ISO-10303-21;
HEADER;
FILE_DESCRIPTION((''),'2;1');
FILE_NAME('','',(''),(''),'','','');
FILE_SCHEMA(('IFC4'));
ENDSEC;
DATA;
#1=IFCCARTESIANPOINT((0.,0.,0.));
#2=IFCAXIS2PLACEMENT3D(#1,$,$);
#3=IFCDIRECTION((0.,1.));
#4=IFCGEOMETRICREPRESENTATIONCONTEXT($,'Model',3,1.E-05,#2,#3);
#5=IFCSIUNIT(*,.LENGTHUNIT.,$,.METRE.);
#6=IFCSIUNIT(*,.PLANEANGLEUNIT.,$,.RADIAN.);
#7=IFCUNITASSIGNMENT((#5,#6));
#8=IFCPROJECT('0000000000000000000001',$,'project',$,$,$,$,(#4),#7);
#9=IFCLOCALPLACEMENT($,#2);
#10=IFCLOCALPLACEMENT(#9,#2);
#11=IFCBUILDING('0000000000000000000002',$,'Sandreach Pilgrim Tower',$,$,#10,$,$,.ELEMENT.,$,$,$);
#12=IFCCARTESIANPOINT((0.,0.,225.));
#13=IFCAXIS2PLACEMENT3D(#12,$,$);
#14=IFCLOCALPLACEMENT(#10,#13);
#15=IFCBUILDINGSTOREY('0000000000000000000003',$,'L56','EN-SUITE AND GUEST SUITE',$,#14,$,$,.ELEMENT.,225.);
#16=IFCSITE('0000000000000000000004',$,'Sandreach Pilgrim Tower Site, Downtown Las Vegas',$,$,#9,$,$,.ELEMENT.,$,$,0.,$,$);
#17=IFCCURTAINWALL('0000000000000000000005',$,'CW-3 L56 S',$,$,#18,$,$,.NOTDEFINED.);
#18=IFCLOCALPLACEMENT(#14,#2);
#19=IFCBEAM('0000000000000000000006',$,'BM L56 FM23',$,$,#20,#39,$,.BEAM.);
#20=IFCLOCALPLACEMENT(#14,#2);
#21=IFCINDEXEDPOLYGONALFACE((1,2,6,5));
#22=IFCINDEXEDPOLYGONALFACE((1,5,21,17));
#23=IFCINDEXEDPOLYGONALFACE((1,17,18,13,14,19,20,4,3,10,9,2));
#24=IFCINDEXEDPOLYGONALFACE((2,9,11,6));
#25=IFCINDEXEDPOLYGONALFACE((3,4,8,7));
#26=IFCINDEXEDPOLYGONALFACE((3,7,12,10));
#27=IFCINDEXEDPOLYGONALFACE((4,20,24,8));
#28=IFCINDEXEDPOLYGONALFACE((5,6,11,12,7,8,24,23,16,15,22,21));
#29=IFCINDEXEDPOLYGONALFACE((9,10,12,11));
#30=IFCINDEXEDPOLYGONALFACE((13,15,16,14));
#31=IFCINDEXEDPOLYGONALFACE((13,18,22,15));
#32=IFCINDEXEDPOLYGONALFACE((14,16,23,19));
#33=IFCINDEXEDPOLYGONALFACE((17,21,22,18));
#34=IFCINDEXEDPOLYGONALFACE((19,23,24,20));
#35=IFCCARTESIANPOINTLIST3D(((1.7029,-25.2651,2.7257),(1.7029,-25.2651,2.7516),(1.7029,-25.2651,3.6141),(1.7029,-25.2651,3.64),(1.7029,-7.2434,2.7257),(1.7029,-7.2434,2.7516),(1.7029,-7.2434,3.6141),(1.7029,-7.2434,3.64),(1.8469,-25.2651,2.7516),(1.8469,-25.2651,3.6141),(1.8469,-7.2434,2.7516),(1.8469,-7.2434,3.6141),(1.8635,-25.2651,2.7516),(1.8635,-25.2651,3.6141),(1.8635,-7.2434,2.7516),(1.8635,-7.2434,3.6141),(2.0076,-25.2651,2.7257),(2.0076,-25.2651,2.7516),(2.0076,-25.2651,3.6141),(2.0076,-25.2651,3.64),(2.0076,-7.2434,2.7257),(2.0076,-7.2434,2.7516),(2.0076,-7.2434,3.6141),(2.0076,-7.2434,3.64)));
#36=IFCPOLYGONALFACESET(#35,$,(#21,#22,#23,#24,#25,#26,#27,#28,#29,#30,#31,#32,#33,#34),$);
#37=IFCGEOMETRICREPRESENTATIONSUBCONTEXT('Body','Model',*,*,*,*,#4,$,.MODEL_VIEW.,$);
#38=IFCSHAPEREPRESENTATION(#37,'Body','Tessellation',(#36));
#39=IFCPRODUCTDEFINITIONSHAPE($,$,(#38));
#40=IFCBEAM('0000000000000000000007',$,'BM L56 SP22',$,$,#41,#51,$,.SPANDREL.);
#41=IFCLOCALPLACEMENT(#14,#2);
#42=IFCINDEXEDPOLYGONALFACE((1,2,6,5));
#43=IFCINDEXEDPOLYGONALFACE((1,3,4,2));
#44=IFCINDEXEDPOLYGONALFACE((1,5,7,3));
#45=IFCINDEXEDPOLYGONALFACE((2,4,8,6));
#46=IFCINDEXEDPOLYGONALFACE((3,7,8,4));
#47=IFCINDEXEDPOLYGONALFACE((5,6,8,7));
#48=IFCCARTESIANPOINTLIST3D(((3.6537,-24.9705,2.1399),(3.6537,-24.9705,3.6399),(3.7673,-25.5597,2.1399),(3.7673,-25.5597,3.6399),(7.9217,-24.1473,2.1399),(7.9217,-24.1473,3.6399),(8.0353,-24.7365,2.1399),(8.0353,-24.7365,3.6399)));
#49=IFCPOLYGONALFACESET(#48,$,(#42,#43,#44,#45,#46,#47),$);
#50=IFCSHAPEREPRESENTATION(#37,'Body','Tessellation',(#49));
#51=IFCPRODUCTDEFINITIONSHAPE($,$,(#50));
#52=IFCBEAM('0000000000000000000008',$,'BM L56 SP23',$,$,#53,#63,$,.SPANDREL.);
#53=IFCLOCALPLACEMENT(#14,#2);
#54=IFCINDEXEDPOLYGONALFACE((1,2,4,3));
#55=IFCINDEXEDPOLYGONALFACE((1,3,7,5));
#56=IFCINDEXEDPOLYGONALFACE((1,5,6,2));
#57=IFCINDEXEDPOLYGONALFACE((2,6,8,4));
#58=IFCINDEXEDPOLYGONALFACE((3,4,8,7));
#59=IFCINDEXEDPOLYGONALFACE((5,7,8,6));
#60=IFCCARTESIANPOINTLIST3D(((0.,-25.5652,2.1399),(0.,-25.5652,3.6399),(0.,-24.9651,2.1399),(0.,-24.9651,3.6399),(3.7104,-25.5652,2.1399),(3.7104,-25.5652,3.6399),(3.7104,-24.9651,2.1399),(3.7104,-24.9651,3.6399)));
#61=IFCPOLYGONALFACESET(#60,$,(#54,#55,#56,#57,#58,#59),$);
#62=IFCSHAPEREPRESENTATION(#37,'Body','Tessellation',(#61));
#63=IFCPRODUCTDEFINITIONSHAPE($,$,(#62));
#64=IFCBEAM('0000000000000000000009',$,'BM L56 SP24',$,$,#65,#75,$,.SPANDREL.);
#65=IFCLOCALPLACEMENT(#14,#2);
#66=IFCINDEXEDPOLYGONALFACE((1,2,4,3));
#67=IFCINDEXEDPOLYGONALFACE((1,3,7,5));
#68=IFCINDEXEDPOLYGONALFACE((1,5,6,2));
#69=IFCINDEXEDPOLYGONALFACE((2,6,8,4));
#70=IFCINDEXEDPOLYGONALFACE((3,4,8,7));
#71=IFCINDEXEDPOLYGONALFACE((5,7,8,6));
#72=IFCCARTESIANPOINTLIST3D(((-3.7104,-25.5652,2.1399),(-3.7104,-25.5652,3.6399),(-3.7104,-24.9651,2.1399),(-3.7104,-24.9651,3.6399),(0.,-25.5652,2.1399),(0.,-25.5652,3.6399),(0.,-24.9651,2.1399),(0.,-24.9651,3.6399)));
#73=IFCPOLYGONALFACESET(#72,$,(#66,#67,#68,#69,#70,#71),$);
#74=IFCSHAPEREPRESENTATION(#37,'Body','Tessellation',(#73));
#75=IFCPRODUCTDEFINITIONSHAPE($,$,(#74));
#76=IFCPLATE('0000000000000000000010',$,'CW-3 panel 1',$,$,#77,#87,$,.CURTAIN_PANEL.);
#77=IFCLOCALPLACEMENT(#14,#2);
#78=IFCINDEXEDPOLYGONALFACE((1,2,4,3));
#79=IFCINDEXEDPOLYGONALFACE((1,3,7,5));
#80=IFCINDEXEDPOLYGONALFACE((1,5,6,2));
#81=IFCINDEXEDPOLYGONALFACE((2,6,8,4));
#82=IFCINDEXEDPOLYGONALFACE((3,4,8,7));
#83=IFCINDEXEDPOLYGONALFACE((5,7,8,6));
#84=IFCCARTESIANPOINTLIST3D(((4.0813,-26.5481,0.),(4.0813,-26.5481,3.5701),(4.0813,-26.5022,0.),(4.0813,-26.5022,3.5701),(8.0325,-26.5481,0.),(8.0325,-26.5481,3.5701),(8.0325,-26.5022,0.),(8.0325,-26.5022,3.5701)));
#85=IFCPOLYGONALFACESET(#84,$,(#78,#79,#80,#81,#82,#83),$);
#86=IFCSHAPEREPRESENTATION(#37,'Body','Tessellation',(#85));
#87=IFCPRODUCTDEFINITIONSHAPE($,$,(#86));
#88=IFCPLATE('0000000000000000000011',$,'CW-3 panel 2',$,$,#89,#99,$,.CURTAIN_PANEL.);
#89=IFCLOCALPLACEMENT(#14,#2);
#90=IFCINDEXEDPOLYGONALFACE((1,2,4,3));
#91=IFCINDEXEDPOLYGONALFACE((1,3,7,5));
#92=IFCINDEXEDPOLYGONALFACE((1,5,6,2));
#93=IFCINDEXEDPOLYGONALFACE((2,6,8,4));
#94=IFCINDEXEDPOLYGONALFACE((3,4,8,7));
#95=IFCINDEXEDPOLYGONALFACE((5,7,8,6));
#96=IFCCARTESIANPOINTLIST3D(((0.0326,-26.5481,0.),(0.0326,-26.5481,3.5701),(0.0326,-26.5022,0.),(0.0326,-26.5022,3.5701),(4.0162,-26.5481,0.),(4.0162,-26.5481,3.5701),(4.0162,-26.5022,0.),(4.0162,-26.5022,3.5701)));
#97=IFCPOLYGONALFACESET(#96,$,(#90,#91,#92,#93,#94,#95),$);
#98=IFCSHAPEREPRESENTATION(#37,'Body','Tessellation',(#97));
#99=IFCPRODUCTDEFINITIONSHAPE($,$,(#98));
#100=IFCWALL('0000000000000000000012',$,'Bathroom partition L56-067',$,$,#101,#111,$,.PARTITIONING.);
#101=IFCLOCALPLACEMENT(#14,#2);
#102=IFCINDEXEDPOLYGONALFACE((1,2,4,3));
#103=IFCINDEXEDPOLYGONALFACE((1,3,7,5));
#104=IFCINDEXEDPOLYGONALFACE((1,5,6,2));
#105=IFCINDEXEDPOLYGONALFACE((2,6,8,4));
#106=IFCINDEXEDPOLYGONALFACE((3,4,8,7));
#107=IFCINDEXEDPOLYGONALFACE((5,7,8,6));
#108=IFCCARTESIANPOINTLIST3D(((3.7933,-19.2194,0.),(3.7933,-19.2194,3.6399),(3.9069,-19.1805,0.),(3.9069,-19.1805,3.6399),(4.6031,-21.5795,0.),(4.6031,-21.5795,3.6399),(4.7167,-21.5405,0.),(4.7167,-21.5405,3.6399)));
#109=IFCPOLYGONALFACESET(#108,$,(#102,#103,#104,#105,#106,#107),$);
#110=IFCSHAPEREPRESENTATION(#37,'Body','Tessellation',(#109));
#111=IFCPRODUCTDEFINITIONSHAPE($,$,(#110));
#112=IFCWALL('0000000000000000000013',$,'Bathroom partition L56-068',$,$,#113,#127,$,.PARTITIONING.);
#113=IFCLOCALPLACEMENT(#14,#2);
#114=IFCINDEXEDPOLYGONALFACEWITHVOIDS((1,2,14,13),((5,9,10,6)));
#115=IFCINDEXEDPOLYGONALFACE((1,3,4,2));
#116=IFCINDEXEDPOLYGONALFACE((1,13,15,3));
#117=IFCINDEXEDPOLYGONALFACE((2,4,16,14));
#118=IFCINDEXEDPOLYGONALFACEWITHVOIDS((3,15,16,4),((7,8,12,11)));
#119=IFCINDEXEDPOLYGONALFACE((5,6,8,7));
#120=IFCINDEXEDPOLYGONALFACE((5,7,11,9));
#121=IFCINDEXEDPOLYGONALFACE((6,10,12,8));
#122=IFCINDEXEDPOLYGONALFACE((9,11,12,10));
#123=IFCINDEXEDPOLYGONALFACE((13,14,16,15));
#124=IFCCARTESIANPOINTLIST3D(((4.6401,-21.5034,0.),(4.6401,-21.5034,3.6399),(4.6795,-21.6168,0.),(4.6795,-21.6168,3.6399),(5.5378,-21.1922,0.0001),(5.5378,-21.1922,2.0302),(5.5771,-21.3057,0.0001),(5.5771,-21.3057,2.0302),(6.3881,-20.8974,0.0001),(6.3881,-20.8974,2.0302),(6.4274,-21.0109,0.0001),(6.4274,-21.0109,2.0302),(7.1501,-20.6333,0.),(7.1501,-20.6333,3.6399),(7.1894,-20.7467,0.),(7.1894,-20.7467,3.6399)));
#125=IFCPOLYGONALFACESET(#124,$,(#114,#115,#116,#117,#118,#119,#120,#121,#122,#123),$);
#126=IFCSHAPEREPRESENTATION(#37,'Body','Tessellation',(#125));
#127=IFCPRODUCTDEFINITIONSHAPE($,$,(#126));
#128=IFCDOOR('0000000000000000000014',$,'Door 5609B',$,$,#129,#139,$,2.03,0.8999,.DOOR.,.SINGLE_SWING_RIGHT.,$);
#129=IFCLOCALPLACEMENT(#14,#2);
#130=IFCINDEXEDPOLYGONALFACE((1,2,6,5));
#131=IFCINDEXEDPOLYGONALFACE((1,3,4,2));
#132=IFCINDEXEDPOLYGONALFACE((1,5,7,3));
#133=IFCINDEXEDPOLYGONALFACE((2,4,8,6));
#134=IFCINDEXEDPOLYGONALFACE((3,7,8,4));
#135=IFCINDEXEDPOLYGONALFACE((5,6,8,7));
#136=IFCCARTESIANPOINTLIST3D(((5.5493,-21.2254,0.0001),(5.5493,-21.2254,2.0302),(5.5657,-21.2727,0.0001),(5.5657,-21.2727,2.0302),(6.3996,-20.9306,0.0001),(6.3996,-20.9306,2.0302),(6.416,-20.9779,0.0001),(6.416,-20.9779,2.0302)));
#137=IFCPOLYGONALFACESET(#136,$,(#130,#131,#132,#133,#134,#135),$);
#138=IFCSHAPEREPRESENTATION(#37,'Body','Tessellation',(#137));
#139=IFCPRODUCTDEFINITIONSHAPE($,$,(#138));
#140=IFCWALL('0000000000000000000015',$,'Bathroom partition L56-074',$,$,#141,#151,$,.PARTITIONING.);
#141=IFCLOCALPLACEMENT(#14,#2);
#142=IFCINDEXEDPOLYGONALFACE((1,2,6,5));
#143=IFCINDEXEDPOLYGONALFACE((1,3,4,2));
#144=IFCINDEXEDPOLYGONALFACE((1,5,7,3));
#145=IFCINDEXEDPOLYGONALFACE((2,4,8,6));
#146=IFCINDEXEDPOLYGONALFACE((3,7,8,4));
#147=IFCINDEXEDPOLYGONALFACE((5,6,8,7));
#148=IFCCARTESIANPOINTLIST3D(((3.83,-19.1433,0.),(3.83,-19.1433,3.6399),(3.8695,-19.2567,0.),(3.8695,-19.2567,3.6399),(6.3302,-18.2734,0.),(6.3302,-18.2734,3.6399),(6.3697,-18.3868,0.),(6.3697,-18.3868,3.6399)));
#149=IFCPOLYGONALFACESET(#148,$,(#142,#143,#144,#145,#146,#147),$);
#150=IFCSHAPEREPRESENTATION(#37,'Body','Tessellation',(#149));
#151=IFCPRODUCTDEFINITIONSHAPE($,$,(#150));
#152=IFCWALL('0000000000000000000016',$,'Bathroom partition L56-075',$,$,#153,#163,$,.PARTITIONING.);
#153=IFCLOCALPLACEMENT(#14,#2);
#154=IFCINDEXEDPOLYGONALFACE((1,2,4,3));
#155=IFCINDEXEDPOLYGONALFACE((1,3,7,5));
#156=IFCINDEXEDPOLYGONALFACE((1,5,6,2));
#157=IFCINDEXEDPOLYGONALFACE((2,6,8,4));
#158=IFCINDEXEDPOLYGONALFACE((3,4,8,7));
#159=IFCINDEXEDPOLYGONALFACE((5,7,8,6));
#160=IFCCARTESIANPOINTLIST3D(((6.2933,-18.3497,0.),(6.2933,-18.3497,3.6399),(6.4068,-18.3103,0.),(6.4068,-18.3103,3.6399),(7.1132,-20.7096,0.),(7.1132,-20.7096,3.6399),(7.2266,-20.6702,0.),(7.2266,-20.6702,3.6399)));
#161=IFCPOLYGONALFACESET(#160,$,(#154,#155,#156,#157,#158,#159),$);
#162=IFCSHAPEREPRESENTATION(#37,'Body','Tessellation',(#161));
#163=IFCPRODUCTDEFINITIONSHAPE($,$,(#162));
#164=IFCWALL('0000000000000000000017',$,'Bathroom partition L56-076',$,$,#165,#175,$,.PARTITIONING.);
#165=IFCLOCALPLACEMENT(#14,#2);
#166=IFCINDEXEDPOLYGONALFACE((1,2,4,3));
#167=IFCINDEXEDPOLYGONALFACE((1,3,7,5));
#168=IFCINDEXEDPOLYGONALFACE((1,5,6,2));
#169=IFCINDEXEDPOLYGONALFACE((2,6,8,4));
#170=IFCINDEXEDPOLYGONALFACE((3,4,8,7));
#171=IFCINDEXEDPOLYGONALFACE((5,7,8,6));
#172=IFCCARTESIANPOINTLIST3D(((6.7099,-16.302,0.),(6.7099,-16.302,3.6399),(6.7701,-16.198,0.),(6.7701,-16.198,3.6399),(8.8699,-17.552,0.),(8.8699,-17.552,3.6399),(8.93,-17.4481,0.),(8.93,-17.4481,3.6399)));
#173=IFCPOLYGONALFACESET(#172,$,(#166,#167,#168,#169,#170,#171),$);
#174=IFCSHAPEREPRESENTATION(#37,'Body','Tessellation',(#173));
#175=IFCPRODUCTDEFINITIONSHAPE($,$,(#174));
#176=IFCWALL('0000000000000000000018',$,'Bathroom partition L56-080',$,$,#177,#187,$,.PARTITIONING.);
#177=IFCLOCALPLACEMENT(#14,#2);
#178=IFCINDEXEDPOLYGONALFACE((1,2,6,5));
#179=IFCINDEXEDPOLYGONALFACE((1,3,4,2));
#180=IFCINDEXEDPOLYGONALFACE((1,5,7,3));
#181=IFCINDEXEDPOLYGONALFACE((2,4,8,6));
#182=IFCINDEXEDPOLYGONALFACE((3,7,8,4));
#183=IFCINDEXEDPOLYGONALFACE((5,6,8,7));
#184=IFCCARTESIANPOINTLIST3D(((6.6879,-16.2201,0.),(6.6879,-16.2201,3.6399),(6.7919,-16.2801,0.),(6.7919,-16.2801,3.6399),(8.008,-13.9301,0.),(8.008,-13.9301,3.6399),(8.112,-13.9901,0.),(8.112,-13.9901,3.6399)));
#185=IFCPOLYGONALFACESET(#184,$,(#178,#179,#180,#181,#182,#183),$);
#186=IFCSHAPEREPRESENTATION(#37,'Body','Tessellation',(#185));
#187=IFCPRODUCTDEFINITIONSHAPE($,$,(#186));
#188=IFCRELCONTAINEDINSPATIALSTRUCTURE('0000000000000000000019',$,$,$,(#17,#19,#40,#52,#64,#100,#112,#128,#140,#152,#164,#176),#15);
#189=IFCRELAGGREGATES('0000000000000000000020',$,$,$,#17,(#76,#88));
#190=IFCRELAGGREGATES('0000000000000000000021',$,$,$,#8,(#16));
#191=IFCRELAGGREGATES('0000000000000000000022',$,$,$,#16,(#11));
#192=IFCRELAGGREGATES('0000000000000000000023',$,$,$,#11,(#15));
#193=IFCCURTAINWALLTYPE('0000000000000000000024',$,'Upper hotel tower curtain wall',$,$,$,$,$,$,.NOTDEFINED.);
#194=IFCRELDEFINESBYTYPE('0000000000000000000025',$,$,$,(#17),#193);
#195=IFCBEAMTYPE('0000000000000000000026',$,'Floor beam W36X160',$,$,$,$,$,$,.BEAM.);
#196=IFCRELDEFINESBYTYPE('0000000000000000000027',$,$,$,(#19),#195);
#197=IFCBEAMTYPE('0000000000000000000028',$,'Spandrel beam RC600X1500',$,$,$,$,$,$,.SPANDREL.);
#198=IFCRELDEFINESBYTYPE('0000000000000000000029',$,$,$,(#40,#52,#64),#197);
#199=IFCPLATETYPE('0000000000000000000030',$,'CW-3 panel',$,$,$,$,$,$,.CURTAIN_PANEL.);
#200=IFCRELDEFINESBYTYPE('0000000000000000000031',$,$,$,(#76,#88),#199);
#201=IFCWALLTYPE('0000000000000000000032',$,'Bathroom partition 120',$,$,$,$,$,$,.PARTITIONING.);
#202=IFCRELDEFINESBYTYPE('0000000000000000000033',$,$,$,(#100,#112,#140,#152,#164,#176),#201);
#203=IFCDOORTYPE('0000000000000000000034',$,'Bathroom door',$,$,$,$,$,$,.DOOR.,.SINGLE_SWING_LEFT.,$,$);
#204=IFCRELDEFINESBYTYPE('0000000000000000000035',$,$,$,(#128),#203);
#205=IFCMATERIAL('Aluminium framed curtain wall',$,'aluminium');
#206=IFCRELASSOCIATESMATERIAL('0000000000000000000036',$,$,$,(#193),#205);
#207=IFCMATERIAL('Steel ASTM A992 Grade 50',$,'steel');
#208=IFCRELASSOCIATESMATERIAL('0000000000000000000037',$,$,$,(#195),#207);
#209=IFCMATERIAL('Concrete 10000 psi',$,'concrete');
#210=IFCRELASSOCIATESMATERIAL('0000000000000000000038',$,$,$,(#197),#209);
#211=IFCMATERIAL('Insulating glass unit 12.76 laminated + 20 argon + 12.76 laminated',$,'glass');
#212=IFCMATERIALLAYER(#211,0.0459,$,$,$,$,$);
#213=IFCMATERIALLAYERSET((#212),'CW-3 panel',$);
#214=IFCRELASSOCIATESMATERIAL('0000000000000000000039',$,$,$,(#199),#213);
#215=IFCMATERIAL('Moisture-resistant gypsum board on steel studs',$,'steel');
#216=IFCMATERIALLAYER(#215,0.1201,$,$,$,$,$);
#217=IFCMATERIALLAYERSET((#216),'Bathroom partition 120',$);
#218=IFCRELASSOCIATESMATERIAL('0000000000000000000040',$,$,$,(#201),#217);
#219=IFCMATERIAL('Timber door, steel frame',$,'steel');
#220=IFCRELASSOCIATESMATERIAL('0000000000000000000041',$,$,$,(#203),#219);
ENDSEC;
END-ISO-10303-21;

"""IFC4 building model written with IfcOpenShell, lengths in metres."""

from ifc_helpers import new_model, si_unit, direction, frame, frame_2d, origin, origin_2d, place, context, subcontext, project, spatial, rectangle, i_section, extrude, material, layer, layer_set, material_profile, profile_set, type_object, element, fill, aggregate, save


model = new_model("IFC4")

# Units and contexts
model_context = context("Model", 3, precision=1e-05, world=origin(), true_north=direction((0.0, 1.0)))
body_context = subcontext(model_context, "Body", "Model", "MODEL_VIEW")
ifc_project = project(units=[si_unit("LENGTHUNIT", "METRE"), si_unit("PLANEANGLEUNIT", "RADIAN")], contexts=[model_context])

# Site, building, storey
site_placement = place(None, origin())
site = spatial("IfcSite", under=ifc_project, at=site_placement, Name="Sandreach Pilgrim Tower Site, Downtown Las Vegas", CompositionType="ELEMENT", RefElevation=0.0)
building_placement = place(site_placement, origin())
building = spatial("IfcBuilding", under=site, at=building_placement, Name="Sandreach Pilgrim Tower", CompositionType="ELEMENT")
storey_placement = place(building_placement, frame((0.0, 0.0, 225.0)))
storey = spatial("IfcBuildingStorey", under=building, at=storey_placement, Name="L56", Description="EN-SUITE AND GUEST SUITE", CompositionType="ELEMENT", Elevation=225.0)

# Curtain wall
ifc_material_1 = material(Name="Aluminium framed curtain wall", Category="aluminium")
curtain_wall_type = type_object("IfcCurtainWallType", Name="Upper hotel tower curtain wall", PredefinedType="NOTDEFINED", material=ifc_material_1)
curtain_wall_placement = place(storey_placement, origin())
curtain_wall = element("IfcCurtainWall", 1, at=curtain_wall_placement, inside=storey, type_object=curtain_wall_type, Name="CW-3 L56 S", PredefinedType="NOTDEFINED")

# Beams
ifc_material_2 = material(Name="Steel ASTM A992 Grade 50", Category="steel")
ifc_material_profile_1 = material_profile(ifc_material_2, i_section(OverallWidth=0.3047, OverallDepth=0.9143, WebThickness=0.0166, FlangeThickness=0.0259, at=origin_2d()), Name="W36X160")
ifc_profile_set_1 = profile_set([ifc_material_profile_1], Name="Steel ASTM A992 Grade 50")
beam_type_1 = type_object("IfcBeamType", Name="Floor beam W36X160", PredefinedType="BEAM", material=ifc_profile_set_1)
beam_1_placement = place(storey_placement, frame((1.8552, -25.2651, 3.1829), z_axis=(0.0, 1.0, 0.0), x_axis=(-1.0, 0.0, 0.0)))
element("IfcBeam", 2, at=beam_1_placement, inside=storey, type_object=beam_type_1, Name="BM L56 FM23", PredefinedType="BEAM", context=body_context, shape_type="SweptSolid", body=[
    extrude(i_section(OverallWidth=0.3047, OverallDepth=0.9143, WebThickness=0.0166, FlangeThickness=0.0259, at=origin_2d()), origin(), (0.0, 0.0, 1.0), 18.0217),
])
ifc_material_3 = material(Name="Concrete 10000 psi", Category="concrete")
ifc_material_profile_2 = material_profile(ifc_material_3, rectangle(XDim=0.6001, YDim=1.5, at=origin_2d()), Name="RC600X1500")
ifc_profile_set_2 = profile_set([ifc_material_profile_2], Name="Concrete 10000 psi")
beam_type_2 = type_object("IfcBeamType", Name="Spandrel beam RC600X1500", PredefinedType="SPANDREL", material=ifc_profile_set_2)
beam_2_placement = place(storey_placement, frame((7.9785, -24.4419, 2.8899), z_axis=(-0.981901, -0.189393, 0.0), x_axis=(0.189393, -0.981901, 0.0)))
element("IfcBeam", 3, at=beam_2_placement, inside=storey, type_object=beam_type_2, Name="BM L56 SP22", PredefinedType="SPANDREL", context=body_context, shape_type="SweptSolid", body=[
    extrude(rectangle(XDim=0.6001, YDim=1.5, at=origin_2d()), origin(), (0.0, 0.0, 1.0), 4.3467),
])
for number, where, z_axis, x_axis, name in (
    (4, (3.7104, -25.2651, 2.8899), (-1.0, 0.0, 0.0), (0.0, -1.0, 0.0), "BM L56 SP23"),
    (5, (0.0, -25.2651, 2.8899), (-1.0, 0.0, 0.0), (0.0, -1.0, 0.0), "BM L56 SP24"),
):
    element("IfcBeam", number, at=place(storey_placement, frame(where, z_axis=z_axis, x_axis=x_axis)), inside=storey, type_object=beam_type_2, Name=name, PredefinedType="SPANDREL", context=body_context, shape_type="SweptSolid", body=[
        extrude(rectangle(XDim=0.6001, YDim=1.5, at=origin_2d()), origin(), (0.0, 0.0, 1.0), 3.7104),
    ])

# Plates
ifc_material_4 = material(Name="Insulating glass unit 12.76 laminated + 20 argon + 12.76 laminated", Category="glass")
ifc_layer_1 = layer(ifc_material_4, 0.0459)
ifc_layer_set_1 = layer_set([ifc_layer_1], Name="CW-3 panel")
plate_type = type_object("IfcPlateType", Name="CW-3 panel", PredefinedType="CURTAIN_PANEL", material=ifc_layer_set_1)
plate_1_placement = place(storey_placement, frame((6.0569, -26.5251, 0.0), z_axis=(0.0, 0.0, 1.0), x_axis=(-1.0, 0.0, 0.0)))
plate_1 = element("IfcPlate", 6, at=plate_1_placement, type_object=plate_type, Name="CW-3 panel 1", PredefinedType="CURTAIN_PANEL", context=body_context, shape_type="SweptSolid", body=[
    extrude(rectangle(XDim=3.9512, YDim=0.0459, at=origin_2d()), origin(), (0.0, 0.0, 1.0), 3.5701),
])
plate_2_placement = place(storey_placement, frame((2.0244, -26.5251, 0.0), z_axis=(0.0, 0.0, 1.0), x_axis=(-1.0, 0.0, 0.0)))
plate_2 = element("IfcPlate", 7, at=plate_2_placement, type_object=plate_type, Name="CW-3 panel 2", PredefinedType="CURTAIN_PANEL", context=body_context, shape_type="SweptSolid", body=[
    extrude(rectangle(XDim=3.9836, YDim=0.0459, at=origin_2d()), origin(), (0.0, 0.0, 1.0), 3.5701),
])
aggregate(curtain_wall, [plate_1, plate_2])

# Wall
ifc_material_5 = material(Name="Moisture-resistant gypsum board on steel studs", Category="steel")
ifc_layer_2 = layer(ifc_material_5, 0.1201)
ifc_layer_set_2 = layer_set([ifc_layer_2], Name="Bathroom partition 120")
wall_type_1 = type_object("IfcWallType", Name="Bathroom partition 120", PredefinedType="PARTITIONING", material=ifc_layer_set_2)
wall_1_placement = place(storey_placement, frame((3.8501, -19.2, 0.0), z_axis=(0.0, 0.0, 1.0), x_axis=(0.324552, -0.945868, 0.0)))
element("IfcWall", 8, at=wall_1_placement, inside=storey, type_object=wall_type_1, Name="Bathroom partition L56-067", PredefinedType="PARTITIONING", context=body_context, shape_type="SweptSolid", body=[
    extrude(rectangle(XDim=2.4951, YDim=0.1201, at=frame_2d((1.2476, 0.0))), origin(), (0.0, 0.0, 1.0), 3.6399),
])

# Wall, opening, door
wall_2_placement = place(storey_placement, frame((4.6599, -21.5601, 0.0), z_axis=(0.0, 0.0, 1.0), x_axis=(0.944838, 0.327537, 0.0)))
wall_2 = element("IfcWall", 9, at=wall_2_placement, inside=storey, type_object=wall_type_1, Name="Bathroom partition L56-068", PredefinedType="PARTITIONING", context=body_context, shape_type="SweptSolid", body=[
    extrude(rectangle(XDim=2.6565, YDim=0.1201, at=frame_2d((1.3281, 0.0))), origin(), (0.0, 0.0, 1.0), 3.6399),
])
opening_1_placement = place(wall_2_placement, frame((0.95, 0.0, 0.0)))
opening_1 = element("IfcOpeningElement", 10, at=opening_1_placement, cuts=wall_2, PredefinedType="OPENING", context=body_context, shape_type="SweptSolid", body=[
    extrude(rectangle(XDim=0.8999, YDim=2.03, at=frame_2d((0.45, 1.0151))), frame((0.0, 0.0601, 0.0), z_axis=(0.0, -1.0, 0.0), x_axis=(1.0, 0.0, 0.0)), (0.0, 0.0, 1.0), 0.1201),
])
ifc_material_6 = material(Name="Timber door, steel frame", Category="steel")
door_type_1 = type_object("IfcDoorType", Name="Bathroom door", OperationType="SINGLE_SWING_LEFT", PredefinedType="DOOR", material=ifc_material_6)
door_1_placement = place(opening_1_placement, origin())
door_1 = element("IfcDoor", 11, at=door_1_placement, inside=storey, type_object=door_type_1, Name="Door 5609B", OperationType="SINGLE_SWING_RIGHT", OverallHeight=2.03, OverallWidth=0.8999, PredefinedType="DOOR", context=body_context, shape_type="SweptSolid", body=[
    extrude(rectangle(XDim=0.8999, YDim=2.03, at=frame_2d((0.45, 1.0151))), frame((0.0, 0.0249, 0.0), z_axis=(0.0, -1.0, 0.0), x_axis=(1.0, 0.0, 0.0)), (0.0, 0.0, 1.0), 0.05),
])
fill(opening_1, door_1)

# Walls
wall_3_placement = place(storey_placement, frame((6.3501, -18.3301, 0.0), z_axis=(0.0, 0.0, 1.0), x_axis=(-0.944471, -0.328596, 0.0)))
element("IfcWall", 12, at=wall_3_placement, inside=storey, type_object=wall_type_1, Name="Bathroom partition L56-074", PredefinedType="PARTITIONING", context=body_context, shape_type="SweptSolid", body=[
    extrude(rectangle(XDim=2.6472, YDim=0.1201, at=frame_2d((1.3237, 0.0))), origin(), (0.0, 0.0, 1.0), 3.6399),
])
wall_4_placement = place(storey_placement, frame((6.3501, -18.3301, 0.0), z_axis=(0.0, 0.0, 1.0), x_axis=(0.328164, -0.944621, 0.0)))
element("IfcWall", 13, at=wall_4_placement, inside=storey, type_object=wall_type_1, Name="Bathroom partition L56-075", PredefinedType="PARTITIONING", context=body_context, shape_type="SweptSolid", body=[
    extrude(rectangle(XDim=2.4983, YDim=0.1201, at=frame_2d((1.249, 0.0))), origin(), (0.0, 0.0, 1.0), 3.6399),
])
wall_5_placement = place(storey_placement, frame((6.74, -16.25, 0.0), z_axis=(0.0, 0.0, 1.0), x_axis=(0.865509, -0.500894, 0.0)))
element("IfcWall", 14, at=wall_5_placement, inside=storey, type_object=wall_type_1, Name="Bathroom partition L56-076", PredefinedType="PARTITIONING", context=body_context, shape_type="SweptSolid", body=[
    extrude(rectangle(XDim=2.4956, YDim=0.1201, at=frame_2d((1.2478, 0.0))), origin(), (0.0, 0.0, 1.0), 3.6399),
])
wall_6_placement = place(storey_placement, frame((8.0601, -13.96, 0.0), z_axis=(0.0, 0.0, 1.0), x_axis=(-0.499408, -0.866367, 0.0)))
element("IfcWall", 15, at=wall_6_placement, inside=storey, type_object=wall_type_1, Name="Bathroom partition L56-080", PredefinedType="PARTITIONING", context=body_context, shape_type="SweptSolid", body=[
    extrude(rectangle(XDim=2.6433, YDim=0.1201, at=frame_2d((1.3218, 0.0))), origin(), (0.0, 0.0, 1.0), 3.6399),
])

save(model, "model.ifc")
